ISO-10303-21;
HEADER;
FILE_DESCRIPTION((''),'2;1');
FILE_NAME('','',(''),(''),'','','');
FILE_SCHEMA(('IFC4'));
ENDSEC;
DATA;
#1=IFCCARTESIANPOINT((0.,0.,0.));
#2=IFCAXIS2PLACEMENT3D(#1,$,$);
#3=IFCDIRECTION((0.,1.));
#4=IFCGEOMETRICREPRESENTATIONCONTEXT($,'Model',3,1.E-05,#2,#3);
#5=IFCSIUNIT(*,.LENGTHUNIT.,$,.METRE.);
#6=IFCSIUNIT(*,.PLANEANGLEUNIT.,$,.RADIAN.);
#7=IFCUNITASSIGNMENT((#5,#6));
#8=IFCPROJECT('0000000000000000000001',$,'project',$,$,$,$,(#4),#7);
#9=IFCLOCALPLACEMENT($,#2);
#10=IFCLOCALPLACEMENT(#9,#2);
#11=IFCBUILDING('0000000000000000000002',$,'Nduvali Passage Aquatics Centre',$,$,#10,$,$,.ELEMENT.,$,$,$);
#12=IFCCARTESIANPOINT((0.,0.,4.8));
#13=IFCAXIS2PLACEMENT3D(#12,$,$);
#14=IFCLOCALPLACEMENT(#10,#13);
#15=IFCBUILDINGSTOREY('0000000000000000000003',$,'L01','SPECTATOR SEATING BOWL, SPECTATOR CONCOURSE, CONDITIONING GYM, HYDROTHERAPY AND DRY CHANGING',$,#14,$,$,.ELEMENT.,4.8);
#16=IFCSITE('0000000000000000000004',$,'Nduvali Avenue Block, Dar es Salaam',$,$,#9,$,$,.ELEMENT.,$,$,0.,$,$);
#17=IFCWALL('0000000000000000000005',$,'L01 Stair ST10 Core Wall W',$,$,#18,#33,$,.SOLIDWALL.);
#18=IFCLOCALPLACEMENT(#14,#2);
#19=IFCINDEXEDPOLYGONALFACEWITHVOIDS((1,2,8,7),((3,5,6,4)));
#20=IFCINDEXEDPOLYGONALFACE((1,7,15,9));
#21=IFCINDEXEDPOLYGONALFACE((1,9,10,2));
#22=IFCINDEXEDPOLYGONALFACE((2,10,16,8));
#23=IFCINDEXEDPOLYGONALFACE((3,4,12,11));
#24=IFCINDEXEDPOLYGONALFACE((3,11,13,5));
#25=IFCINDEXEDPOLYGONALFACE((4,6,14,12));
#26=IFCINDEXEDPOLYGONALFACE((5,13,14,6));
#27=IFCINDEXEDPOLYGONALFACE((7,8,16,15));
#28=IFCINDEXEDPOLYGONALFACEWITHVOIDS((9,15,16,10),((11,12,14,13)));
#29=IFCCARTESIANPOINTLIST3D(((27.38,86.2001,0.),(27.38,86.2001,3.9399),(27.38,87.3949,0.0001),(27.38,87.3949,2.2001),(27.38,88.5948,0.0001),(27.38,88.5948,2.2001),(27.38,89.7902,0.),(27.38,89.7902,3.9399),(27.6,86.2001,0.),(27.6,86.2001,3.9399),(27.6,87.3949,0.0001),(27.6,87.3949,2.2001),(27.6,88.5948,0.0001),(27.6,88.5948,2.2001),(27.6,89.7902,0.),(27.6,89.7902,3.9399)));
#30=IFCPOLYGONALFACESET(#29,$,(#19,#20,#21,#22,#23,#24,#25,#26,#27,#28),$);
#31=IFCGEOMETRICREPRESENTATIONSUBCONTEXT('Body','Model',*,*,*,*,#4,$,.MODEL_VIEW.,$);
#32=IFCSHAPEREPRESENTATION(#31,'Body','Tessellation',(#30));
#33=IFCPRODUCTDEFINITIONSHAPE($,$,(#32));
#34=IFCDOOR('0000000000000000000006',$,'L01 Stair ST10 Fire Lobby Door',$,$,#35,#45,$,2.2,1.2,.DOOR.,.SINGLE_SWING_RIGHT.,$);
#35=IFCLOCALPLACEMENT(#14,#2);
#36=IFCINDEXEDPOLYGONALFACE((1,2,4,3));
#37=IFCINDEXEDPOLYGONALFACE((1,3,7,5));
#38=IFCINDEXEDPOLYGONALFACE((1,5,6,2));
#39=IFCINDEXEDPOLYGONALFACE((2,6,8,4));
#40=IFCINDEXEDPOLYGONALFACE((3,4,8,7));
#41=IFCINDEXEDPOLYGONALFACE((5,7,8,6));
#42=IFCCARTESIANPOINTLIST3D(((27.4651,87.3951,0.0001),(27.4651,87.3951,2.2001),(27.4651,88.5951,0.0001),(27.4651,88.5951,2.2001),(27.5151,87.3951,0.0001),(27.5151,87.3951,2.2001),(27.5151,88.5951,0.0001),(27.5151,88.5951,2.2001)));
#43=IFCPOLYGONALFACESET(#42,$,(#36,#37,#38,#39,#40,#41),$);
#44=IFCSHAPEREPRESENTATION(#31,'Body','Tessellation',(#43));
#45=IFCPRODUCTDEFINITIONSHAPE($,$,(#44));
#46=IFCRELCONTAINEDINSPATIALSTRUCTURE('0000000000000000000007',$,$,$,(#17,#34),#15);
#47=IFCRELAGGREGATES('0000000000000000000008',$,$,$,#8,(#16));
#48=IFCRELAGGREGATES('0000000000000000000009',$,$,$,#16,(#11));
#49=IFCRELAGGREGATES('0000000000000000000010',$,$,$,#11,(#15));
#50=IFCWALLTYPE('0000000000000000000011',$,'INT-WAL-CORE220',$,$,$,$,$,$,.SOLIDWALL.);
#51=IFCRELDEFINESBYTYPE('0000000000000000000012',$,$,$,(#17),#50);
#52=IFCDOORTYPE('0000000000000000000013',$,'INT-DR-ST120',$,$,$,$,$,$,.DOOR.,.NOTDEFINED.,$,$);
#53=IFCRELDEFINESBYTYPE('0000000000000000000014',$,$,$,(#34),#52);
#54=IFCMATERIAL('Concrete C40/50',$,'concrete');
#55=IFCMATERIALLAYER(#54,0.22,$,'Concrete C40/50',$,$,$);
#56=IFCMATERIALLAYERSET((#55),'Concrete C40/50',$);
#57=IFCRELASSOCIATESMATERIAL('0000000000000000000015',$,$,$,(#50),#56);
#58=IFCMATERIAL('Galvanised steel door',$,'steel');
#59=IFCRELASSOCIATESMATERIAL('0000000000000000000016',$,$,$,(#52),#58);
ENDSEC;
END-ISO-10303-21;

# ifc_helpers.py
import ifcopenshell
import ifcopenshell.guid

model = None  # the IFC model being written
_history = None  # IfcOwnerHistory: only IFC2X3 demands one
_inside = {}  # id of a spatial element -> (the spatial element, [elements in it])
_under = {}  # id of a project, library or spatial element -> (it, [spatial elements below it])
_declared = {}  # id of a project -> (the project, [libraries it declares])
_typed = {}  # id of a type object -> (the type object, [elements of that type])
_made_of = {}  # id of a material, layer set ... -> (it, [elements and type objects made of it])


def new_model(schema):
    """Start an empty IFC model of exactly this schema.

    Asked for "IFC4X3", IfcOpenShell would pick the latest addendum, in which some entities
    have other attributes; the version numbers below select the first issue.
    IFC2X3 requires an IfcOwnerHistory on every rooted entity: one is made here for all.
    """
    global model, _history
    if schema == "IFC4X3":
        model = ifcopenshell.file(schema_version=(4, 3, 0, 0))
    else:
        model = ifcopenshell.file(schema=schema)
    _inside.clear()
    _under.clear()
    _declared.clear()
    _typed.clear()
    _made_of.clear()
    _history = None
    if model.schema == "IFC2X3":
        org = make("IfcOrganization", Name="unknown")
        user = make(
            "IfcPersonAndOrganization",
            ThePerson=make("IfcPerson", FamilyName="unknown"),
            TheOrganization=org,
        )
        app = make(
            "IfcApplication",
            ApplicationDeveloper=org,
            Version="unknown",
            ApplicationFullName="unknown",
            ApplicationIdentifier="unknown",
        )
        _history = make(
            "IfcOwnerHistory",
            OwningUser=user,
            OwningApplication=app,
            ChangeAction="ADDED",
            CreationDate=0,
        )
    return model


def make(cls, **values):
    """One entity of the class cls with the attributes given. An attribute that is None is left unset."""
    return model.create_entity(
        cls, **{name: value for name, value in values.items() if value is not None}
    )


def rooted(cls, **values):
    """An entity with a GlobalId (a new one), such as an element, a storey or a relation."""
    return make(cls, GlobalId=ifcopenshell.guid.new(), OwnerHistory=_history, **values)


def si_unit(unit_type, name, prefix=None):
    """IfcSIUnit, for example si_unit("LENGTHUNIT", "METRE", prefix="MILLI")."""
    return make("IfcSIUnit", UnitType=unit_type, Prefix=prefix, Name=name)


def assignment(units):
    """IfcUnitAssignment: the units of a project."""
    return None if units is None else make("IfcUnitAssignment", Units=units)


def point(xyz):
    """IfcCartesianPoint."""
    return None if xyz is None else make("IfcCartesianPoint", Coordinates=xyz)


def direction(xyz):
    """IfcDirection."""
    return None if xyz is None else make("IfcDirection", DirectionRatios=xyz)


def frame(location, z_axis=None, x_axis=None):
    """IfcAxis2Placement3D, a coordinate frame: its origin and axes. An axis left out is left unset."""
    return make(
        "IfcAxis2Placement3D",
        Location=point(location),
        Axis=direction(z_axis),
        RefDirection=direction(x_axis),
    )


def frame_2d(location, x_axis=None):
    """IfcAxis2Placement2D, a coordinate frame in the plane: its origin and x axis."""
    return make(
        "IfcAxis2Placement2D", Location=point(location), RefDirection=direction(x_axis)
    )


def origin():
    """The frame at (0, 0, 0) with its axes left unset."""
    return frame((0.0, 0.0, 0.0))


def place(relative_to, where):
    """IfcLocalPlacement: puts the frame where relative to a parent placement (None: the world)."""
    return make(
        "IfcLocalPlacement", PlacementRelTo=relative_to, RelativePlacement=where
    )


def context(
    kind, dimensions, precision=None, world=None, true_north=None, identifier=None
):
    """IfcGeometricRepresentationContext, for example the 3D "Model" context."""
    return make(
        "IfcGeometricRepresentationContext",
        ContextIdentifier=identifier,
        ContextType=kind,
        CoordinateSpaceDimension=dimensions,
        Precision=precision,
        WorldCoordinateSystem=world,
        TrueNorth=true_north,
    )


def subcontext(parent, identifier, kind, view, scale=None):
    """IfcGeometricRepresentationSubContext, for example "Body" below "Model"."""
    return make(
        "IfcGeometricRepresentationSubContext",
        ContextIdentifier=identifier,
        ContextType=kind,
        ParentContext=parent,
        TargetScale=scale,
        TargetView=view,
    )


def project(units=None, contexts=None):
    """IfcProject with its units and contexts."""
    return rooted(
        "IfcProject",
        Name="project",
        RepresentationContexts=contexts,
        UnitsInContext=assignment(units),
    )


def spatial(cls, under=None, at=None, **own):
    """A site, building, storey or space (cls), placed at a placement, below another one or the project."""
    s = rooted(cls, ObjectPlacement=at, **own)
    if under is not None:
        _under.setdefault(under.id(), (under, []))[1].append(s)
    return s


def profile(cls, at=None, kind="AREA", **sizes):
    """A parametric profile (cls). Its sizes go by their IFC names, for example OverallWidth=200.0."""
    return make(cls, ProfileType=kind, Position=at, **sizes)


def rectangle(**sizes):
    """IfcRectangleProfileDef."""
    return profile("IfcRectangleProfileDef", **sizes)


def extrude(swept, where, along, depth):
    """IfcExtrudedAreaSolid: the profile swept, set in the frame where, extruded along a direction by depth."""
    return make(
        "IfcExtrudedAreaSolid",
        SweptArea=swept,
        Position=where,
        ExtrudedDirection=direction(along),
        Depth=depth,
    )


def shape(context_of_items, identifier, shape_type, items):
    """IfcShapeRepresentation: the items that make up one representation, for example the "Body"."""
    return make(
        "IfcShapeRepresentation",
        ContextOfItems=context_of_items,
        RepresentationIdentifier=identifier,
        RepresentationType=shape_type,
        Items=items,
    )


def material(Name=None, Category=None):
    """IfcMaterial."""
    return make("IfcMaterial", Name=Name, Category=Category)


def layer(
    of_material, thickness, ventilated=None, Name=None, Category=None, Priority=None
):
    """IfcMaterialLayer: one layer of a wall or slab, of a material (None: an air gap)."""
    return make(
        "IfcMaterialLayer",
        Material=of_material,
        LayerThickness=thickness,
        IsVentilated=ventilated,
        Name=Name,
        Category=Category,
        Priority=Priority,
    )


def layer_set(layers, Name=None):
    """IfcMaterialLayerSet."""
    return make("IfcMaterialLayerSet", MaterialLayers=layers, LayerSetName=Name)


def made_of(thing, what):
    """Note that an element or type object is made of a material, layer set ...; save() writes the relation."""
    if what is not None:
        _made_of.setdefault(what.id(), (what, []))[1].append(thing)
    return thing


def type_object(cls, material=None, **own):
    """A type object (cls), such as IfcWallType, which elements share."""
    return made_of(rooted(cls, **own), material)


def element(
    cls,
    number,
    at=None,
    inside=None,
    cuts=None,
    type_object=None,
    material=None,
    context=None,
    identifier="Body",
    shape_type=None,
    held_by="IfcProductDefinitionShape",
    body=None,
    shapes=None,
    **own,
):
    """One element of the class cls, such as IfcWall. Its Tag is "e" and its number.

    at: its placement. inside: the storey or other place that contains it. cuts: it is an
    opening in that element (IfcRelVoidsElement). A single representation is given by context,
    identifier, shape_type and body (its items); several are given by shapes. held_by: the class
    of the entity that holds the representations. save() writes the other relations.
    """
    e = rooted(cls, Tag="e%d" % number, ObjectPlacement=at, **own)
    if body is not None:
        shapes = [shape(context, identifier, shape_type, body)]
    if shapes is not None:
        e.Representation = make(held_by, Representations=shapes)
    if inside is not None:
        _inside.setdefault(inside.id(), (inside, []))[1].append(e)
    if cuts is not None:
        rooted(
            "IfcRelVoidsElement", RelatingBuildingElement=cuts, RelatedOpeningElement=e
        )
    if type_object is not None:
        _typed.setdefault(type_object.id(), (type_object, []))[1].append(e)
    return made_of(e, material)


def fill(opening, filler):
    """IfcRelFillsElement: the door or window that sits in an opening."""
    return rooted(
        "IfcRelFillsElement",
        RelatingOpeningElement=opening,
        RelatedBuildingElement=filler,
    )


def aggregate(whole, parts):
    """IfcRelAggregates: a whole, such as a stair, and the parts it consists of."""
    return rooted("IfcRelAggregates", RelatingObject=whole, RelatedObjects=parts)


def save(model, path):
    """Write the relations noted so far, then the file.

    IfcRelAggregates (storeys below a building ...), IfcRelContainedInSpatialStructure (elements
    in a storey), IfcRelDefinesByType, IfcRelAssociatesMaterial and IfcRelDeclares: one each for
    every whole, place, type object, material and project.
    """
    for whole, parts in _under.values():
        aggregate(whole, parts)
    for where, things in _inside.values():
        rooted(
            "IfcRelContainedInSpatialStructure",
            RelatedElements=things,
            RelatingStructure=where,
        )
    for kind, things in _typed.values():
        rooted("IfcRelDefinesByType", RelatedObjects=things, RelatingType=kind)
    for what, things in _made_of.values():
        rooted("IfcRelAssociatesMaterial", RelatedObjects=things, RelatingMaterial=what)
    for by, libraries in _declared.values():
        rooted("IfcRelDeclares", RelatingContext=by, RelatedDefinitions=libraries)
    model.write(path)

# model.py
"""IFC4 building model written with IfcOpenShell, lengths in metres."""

from ifc_helpers import new_model, si_unit, direction, frame, frame_2d, origin, place, context, subcontext, project, spatial, rectangle, extrude, material, layer, layer_set, type_object, element, fill, save


model = new_model("IFC4")

# Units and contexts
model_context = context("Model", 3, precision=1e-05, world=origin(), true_north=direction((0.0, 1.0)))
body_context = subcontext(model_context, "Body", "Model", "MODEL_VIEW")
ifc_project = project(units=[si_unit("LENGTHUNIT", "METRE"), si_unit("PLANEANGLEUNIT", "RADIAN")], contexts=[model_context])

# Site, building, storey
site_placement = place(None, origin())
site = spatial("IfcSite", under=ifc_project, at=site_placement, Name="Nduvali Avenue Block, Dar es Salaam", CompositionType="ELEMENT", RefElevation=0.0)
building_placement = place(site_placement, origin())
building = spatial("IfcBuilding", under=site, at=building_placement, Name="Nduvali Passage Aquatics Centre", CompositionType="ELEMENT")
storey_placement = place(building_placement, frame((0.0, 0.0, 4.8)))
storey = spatial("IfcBuildingStorey", under=building, at=storey_placement, Name="L01", Description="SPECTATOR SEATING BOWL, SPECTATOR CONCOURSE, CONDITIONING GYM, HYDROTHERAPY AND DRY CHANGING", CompositionType="ELEMENT", Elevation=4.8)

# Shared definitions
ifc_material_1 = material(Name="Concrete C40/50", Category="concrete")

# Wall, opening, door
ifc_layer_1 = layer(ifc_material_1, 0.22, Name="Concrete C40/50")
ifc_layer_set_1 = layer_set([ifc_layer_1], Name="Concrete C40/50")
wall_type = type_object("IfcWallType", Name="INT-WAL-CORE220", PredefinedType="SOLIDWALL", material=ifc_layer_set_1)
wall_placement = place(storey_placement, frame((27.49, 89.79, 0.0), z_axis=(0.0, 0.0, 1.0), x_axis=(0.0, -1.0, 0.0)))
wall = element("IfcWall", 1, at=wall_placement, inside=storey, type_object=wall_type, Name="L01 Stair ST10 Core Wall W", PredefinedType="SOLIDWALL", context=body_context, shape_type="SweptSolid", body=[
    extrude(rectangle(XDim=3.5901, YDim=0.22, at=frame_2d((1.7949, 0.0))), origin(), (0.0, 0.0, 1.0), 3.9399),
])
opening_placement = place(wall_placement, frame((1.1951, 0.0, 0.0)))
opening = element("IfcOpeningElement", 2, at=opening_placement, cuts=wall, PredefinedType="OPENING", context=body_context, shape_type="SweptSolid", body=[
    extrude(rectangle(XDim=1.2, YDim=2.2, at=frame_2d((0.6001, 1.1001))), frame((0.0, 0.125, 0.0), z_axis=(0.0, -1.0, 0.0), x_axis=(1.0, 0.0, 0.0)), (0.0, 0.0, 1.0), 0.2498),
])
ifc_material_2 = material(Name="Galvanised steel door", Category="steel")
door_type = type_object("IfcDoorType", Name="INT-DR-ST120", OperationType="NOTDEFINED", PredefinedType="DOOR", material=ifc_material_2)
door_placement = place(opening_placement, frame((1.2, 0.0, 0.0), z_axis=(0.0, 0.0, 1.0), x_axis=(-1.0, 0.0, 0.0)))
door = element("IfcDoor", 3, at=door_placement, inside=storey, type_object=door_type, Name="L01 Stair ST10 Fire Lobby Door", OperationType="SINGLE_SWING_RIGHT", OverallHeight=2.2, OverallWidth=1.2, PredefinedType="DOOR", context=body_context, shape_type="SweptSolid", body=[
    extrude(rectangle(XDim=1.2, YDim=2.2, at=frame_2d((0.6001, 1.1001))), frame((0.0, 0.0249, 0.0), z_axis=(0.0, -1.0, 0.0), x_axis=(1.0, 0.0, 0.0)), (0.0, 0.0, 1.0), 0.05),
])
fill(opening, door)

save(model, "model.ifc")
